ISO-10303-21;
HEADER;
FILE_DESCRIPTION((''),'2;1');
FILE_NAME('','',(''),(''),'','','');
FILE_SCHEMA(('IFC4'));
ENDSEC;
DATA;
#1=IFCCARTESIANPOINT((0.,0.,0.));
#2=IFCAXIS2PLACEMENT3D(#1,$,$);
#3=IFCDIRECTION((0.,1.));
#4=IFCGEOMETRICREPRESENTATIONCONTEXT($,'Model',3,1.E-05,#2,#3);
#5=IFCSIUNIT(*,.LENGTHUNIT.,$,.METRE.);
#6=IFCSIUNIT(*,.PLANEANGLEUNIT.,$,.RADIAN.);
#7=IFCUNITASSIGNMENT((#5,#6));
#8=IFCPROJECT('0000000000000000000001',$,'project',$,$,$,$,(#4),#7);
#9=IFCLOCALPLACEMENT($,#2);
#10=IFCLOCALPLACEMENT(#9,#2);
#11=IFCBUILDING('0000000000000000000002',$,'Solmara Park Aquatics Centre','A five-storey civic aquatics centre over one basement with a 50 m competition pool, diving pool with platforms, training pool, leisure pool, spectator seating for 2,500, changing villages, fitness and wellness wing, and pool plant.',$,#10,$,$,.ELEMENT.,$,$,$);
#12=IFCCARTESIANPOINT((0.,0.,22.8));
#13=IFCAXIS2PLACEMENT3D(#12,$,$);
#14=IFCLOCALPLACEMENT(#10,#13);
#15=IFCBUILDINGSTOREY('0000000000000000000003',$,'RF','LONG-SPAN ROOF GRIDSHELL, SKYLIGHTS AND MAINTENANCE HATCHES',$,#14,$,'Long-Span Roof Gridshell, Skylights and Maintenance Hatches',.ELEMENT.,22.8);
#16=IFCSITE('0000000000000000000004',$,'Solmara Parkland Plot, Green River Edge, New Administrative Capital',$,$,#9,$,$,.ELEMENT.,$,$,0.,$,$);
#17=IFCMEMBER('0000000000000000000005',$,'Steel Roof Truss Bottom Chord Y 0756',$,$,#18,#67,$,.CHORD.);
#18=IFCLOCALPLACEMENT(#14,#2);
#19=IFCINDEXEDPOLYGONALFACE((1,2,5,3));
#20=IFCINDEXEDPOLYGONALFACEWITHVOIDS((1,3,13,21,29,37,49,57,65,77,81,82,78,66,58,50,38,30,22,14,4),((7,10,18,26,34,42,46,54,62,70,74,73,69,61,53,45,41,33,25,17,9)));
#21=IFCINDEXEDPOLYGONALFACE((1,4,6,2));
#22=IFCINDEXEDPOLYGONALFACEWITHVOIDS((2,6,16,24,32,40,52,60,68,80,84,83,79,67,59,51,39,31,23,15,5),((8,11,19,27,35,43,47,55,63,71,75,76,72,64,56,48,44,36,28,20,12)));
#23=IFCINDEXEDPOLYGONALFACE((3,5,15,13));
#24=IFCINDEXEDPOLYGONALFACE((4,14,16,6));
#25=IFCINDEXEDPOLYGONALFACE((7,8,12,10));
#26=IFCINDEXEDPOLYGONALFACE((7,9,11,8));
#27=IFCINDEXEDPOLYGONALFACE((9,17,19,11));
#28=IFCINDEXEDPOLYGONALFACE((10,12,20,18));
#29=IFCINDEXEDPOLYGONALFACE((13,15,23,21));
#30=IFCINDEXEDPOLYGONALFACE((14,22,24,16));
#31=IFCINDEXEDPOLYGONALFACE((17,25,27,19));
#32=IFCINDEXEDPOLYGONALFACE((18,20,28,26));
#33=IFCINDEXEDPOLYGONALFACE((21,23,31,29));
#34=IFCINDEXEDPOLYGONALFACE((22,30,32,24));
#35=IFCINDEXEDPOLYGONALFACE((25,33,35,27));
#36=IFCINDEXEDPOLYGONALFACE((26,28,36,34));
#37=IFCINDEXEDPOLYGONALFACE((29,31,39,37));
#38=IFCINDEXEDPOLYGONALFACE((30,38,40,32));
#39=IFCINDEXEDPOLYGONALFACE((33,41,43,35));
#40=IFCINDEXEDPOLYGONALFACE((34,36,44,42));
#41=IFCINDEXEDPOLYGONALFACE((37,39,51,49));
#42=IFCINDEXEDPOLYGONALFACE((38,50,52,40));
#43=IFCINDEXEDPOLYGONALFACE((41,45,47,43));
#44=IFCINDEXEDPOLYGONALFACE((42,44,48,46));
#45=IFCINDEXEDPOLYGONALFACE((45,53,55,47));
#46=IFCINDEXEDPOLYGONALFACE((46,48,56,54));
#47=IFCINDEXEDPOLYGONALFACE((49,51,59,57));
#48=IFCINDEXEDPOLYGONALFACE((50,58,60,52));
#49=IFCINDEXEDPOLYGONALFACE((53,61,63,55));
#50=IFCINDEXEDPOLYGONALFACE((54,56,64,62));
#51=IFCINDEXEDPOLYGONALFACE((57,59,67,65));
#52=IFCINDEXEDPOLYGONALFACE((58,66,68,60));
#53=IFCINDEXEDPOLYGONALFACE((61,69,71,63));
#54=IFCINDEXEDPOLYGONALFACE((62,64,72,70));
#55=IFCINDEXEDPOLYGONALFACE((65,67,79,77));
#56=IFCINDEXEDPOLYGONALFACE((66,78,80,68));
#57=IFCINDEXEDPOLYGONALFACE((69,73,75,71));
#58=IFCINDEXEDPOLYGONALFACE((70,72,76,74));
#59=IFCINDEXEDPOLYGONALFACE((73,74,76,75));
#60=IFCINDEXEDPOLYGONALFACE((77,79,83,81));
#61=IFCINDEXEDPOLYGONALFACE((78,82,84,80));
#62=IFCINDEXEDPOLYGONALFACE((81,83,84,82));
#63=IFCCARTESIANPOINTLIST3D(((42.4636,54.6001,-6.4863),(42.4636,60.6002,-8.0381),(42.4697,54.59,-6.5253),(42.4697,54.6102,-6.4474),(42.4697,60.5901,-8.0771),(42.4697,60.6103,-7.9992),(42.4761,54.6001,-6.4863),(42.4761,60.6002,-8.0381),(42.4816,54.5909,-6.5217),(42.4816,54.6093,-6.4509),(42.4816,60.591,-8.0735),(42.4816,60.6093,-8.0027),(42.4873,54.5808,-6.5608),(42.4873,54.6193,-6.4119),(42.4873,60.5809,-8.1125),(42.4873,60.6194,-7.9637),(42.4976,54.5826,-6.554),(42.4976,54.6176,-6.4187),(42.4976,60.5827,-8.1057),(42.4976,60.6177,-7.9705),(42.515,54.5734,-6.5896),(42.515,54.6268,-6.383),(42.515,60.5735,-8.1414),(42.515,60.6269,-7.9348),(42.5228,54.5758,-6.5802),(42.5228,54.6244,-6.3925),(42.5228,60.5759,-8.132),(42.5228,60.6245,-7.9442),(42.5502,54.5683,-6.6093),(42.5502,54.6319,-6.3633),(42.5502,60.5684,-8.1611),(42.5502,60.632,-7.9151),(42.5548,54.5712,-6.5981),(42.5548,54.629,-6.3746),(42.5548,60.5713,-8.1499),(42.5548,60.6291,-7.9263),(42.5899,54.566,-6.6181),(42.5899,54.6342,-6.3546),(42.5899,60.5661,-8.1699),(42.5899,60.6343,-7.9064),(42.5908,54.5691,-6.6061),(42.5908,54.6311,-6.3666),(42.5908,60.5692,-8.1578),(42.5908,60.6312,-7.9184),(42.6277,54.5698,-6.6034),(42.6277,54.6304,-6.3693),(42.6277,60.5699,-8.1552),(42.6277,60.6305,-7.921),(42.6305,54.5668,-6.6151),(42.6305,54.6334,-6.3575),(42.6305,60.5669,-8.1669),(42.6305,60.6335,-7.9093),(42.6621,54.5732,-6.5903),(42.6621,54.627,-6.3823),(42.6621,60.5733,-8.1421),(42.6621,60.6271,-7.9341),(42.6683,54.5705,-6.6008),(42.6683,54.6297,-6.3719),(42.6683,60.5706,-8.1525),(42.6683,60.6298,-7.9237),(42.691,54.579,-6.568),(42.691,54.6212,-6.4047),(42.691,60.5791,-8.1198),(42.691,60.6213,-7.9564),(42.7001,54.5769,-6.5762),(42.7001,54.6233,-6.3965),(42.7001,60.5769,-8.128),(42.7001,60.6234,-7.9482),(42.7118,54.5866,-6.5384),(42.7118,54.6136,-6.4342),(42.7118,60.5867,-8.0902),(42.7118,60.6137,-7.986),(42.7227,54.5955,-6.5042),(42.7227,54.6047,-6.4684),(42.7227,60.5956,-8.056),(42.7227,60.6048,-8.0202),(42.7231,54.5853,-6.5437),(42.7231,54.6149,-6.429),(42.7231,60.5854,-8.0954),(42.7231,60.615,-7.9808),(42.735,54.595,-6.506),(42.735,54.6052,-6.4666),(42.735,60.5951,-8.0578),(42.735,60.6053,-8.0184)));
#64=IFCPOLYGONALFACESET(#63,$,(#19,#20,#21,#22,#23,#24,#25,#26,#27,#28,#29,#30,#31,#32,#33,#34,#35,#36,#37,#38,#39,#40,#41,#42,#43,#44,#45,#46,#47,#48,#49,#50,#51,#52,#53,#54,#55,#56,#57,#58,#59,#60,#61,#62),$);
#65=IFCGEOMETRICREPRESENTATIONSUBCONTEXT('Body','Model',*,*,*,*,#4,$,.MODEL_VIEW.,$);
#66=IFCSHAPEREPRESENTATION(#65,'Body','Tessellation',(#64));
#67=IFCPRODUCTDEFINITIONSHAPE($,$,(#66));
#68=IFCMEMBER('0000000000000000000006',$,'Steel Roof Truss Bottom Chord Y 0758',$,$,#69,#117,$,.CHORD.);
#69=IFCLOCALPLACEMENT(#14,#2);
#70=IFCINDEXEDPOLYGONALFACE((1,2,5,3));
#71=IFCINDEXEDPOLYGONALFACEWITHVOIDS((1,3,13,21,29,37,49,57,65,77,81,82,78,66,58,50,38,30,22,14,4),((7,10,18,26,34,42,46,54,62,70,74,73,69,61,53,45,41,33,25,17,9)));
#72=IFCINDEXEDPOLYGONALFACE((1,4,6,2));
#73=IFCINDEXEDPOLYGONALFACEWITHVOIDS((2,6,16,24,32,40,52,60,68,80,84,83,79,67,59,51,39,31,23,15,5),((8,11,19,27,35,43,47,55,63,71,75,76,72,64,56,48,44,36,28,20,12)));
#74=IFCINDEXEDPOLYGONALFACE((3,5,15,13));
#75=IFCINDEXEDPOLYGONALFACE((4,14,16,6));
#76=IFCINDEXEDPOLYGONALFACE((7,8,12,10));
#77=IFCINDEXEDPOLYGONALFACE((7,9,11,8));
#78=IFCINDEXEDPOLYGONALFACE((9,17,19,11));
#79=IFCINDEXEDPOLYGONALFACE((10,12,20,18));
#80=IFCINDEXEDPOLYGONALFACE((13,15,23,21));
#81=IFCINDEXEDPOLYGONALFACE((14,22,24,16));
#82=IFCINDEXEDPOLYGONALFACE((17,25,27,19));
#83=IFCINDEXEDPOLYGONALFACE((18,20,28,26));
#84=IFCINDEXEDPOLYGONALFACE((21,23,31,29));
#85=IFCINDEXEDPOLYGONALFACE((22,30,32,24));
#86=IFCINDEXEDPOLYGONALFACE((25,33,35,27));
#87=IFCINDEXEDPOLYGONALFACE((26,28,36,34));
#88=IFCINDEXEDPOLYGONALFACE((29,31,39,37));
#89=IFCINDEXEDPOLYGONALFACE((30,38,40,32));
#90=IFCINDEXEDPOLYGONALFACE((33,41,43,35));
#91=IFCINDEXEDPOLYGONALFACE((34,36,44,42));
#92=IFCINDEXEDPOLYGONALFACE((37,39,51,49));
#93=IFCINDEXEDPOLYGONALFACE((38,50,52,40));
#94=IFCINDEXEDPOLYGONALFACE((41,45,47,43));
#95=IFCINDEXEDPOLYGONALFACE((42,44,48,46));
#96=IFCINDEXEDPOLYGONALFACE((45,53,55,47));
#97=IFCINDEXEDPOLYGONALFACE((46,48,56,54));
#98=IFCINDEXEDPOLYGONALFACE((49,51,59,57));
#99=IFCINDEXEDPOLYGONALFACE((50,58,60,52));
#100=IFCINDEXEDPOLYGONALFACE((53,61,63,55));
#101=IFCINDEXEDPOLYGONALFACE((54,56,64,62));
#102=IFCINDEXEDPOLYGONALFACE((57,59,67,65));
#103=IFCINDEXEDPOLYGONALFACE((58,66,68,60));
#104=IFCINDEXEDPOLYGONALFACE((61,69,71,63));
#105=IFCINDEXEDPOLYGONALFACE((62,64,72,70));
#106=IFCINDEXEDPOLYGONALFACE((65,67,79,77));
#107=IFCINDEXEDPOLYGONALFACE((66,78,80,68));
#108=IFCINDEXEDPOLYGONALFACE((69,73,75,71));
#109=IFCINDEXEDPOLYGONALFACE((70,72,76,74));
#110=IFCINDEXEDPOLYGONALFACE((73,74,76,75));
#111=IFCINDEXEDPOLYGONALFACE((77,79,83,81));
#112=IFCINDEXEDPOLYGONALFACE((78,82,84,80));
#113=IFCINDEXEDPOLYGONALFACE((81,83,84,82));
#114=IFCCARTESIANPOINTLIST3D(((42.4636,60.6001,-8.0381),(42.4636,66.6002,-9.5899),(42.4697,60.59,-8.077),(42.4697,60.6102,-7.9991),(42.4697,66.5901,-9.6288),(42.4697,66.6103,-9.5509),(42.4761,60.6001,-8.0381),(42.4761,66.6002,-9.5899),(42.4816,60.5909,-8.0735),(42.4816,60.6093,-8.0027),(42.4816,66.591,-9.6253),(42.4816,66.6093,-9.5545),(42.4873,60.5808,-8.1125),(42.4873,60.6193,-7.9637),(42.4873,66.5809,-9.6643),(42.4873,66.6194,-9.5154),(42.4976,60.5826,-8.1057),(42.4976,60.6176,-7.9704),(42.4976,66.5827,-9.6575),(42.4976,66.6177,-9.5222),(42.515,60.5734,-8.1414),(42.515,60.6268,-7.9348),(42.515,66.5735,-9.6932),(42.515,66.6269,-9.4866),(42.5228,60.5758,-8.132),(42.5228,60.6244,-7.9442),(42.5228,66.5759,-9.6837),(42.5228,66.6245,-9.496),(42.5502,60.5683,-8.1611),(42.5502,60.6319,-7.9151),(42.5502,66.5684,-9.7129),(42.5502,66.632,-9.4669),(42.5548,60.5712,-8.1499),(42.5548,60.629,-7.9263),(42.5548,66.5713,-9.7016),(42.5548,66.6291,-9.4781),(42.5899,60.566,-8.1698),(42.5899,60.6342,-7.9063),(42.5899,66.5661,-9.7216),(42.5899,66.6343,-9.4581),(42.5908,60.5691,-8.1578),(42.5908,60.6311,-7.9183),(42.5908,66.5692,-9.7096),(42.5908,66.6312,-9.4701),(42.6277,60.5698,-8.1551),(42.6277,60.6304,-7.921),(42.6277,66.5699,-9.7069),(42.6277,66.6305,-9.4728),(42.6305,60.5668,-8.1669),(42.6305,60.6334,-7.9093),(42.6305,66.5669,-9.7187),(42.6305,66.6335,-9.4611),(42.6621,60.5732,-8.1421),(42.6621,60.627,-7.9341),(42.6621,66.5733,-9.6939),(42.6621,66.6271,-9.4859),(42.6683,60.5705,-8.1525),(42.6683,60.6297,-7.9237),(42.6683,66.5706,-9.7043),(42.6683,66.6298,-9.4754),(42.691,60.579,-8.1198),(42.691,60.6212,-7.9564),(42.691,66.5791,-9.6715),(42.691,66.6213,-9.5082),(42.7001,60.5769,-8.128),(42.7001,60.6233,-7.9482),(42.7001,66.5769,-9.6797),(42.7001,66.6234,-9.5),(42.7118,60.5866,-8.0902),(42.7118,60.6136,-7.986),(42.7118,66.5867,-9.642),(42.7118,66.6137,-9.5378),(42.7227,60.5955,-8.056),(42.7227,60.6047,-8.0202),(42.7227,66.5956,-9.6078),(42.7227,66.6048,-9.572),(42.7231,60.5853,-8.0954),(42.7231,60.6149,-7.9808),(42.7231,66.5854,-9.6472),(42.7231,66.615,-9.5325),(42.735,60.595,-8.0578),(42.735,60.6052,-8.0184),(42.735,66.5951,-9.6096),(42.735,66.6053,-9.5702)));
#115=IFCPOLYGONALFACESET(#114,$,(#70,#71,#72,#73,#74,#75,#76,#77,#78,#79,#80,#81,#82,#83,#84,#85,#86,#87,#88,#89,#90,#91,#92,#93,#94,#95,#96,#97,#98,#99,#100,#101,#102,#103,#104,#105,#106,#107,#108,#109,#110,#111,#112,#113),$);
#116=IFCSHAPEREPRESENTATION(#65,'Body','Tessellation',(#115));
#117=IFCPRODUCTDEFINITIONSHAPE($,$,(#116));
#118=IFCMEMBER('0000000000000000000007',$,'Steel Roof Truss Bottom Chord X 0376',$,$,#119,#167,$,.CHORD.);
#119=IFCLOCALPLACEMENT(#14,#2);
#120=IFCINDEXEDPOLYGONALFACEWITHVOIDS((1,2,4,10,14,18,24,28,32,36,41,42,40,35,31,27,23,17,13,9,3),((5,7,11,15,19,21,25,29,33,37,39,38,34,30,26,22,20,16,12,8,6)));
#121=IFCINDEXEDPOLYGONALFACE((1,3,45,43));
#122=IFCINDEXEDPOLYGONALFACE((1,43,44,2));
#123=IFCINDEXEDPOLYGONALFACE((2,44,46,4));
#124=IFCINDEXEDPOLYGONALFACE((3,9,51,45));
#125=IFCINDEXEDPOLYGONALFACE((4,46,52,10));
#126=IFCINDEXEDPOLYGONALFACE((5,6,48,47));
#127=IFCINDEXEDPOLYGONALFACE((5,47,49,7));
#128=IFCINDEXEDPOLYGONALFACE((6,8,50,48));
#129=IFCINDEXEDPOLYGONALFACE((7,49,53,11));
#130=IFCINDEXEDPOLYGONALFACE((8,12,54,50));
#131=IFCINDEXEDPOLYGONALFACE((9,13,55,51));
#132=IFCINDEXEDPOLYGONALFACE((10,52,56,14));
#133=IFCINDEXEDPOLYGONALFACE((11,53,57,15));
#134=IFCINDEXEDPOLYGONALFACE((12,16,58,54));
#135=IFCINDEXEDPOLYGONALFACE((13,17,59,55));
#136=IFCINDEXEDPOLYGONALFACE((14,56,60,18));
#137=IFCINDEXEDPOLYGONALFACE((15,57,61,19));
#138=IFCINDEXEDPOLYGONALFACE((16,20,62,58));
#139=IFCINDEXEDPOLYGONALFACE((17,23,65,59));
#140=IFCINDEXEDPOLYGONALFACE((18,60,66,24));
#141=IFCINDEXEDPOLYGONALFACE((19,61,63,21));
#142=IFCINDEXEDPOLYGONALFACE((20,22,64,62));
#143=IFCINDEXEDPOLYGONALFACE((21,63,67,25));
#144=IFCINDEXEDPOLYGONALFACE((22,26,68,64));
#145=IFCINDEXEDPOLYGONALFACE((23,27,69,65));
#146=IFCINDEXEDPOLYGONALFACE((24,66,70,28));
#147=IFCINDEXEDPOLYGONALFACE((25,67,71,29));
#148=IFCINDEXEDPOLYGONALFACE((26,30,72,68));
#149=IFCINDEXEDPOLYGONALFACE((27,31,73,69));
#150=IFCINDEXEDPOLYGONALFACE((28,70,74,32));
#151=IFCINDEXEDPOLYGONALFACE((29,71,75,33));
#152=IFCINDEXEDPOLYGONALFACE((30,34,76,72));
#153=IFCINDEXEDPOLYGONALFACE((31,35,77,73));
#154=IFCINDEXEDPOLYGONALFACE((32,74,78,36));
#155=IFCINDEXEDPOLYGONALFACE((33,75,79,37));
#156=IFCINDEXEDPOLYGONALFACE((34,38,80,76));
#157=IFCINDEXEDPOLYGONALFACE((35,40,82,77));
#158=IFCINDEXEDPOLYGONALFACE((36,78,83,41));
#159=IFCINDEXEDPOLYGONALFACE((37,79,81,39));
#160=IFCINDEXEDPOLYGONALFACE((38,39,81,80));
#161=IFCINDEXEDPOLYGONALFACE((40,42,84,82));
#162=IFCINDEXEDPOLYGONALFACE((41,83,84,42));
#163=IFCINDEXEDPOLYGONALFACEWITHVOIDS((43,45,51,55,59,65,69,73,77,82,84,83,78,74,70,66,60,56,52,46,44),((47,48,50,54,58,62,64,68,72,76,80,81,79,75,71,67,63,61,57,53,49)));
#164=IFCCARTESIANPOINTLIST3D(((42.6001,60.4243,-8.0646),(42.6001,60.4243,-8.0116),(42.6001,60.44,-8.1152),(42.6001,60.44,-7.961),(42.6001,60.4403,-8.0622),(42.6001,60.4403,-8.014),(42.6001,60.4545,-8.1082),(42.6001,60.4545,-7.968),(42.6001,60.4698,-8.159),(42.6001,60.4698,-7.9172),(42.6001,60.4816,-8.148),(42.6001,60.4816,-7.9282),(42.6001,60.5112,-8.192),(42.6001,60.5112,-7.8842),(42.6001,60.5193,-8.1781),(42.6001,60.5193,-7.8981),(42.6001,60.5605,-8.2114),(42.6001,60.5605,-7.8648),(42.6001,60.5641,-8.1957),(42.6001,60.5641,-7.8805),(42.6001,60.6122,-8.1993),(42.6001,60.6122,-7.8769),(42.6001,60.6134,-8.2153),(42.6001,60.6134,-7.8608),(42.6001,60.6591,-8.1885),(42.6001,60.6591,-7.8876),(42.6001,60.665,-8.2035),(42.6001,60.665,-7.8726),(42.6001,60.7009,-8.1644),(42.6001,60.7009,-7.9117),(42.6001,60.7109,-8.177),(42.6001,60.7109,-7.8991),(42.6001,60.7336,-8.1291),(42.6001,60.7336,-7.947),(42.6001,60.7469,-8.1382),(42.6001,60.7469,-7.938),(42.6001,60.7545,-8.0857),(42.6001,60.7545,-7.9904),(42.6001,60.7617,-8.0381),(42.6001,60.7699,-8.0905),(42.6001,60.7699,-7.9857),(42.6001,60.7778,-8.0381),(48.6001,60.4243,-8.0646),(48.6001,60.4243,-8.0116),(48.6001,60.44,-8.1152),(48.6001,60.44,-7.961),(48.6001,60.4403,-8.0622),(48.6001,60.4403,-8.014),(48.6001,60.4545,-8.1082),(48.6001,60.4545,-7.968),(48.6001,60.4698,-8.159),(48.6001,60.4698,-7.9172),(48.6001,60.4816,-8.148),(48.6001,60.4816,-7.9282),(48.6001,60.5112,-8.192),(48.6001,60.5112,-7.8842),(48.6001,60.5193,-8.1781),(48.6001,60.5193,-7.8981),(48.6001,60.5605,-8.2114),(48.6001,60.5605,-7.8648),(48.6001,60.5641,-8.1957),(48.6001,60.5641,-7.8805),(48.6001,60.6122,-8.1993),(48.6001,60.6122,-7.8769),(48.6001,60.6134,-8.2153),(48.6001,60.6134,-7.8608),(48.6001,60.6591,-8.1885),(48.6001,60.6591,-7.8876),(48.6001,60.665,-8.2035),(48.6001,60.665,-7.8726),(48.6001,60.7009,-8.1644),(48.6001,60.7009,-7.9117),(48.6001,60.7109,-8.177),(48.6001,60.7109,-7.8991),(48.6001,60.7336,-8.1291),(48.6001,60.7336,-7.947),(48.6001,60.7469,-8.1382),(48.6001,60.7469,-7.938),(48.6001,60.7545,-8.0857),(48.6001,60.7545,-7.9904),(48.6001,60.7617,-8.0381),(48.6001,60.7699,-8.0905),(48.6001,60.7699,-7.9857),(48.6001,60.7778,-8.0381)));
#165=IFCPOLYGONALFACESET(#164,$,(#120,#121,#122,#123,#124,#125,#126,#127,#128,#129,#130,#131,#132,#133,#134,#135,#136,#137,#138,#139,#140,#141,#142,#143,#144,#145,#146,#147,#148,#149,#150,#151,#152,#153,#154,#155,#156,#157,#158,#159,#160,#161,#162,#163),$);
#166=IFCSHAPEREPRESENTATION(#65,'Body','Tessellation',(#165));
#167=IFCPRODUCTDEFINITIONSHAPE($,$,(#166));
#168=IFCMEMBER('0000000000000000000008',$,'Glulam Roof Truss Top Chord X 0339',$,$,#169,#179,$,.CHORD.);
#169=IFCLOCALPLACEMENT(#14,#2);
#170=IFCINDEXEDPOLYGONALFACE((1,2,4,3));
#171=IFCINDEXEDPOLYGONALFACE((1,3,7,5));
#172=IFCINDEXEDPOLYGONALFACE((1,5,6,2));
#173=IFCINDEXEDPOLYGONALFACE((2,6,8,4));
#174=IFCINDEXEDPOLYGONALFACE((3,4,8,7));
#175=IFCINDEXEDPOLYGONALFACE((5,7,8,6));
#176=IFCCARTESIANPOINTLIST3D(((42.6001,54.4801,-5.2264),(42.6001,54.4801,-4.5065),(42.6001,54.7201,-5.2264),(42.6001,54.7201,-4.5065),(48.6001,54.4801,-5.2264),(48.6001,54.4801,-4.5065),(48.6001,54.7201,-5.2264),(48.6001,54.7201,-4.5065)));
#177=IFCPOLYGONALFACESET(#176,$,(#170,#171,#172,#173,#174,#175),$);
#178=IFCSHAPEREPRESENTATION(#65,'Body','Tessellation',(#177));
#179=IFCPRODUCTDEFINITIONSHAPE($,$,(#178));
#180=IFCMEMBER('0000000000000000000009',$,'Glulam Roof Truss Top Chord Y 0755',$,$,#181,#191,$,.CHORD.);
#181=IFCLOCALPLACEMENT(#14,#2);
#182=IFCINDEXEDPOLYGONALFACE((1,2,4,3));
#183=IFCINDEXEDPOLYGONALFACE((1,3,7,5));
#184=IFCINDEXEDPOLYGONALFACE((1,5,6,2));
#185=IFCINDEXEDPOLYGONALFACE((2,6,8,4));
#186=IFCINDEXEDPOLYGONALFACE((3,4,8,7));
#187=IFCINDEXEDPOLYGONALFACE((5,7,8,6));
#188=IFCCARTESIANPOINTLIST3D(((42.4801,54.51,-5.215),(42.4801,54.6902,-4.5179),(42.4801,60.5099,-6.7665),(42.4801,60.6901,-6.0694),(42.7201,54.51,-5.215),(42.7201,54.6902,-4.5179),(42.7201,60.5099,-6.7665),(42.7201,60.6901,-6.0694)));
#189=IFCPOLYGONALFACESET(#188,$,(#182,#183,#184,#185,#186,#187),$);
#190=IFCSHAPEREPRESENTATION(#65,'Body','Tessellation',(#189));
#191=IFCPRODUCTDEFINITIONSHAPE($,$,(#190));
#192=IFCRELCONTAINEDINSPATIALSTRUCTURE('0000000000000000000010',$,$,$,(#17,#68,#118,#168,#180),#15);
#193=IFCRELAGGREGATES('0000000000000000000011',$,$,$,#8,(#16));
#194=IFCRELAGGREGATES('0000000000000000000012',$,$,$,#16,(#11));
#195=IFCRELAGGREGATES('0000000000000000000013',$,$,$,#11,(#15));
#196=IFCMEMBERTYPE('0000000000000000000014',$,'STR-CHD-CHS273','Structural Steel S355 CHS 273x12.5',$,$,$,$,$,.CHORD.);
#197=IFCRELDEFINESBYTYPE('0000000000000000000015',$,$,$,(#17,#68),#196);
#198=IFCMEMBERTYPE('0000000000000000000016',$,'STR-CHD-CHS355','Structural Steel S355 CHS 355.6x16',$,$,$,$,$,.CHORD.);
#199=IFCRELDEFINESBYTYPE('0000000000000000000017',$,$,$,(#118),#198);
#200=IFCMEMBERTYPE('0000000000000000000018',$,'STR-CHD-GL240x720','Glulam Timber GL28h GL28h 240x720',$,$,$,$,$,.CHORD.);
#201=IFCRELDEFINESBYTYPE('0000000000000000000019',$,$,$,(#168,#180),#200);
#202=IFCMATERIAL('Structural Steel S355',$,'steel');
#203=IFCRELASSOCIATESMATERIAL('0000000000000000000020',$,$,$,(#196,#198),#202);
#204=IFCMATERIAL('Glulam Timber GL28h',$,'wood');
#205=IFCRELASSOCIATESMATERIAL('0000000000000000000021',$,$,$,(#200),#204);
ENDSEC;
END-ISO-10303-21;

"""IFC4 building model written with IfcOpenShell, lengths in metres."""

from ifc_helpers import new_model, si_unit, direction, frame, origin, origin_2d, place, context, subcontext, project, spatial, rectangle, hollow_circle, extrude, material, material_profile, profile_set, type_object, element, save


model = new_model("IFC4")

# Units and contexts
model_context = context("Model", 3, precision=1e-05, world=origin(), true_north=direction((0.0, 1.0)))
body_context = subcontext(model_context, "Body", "Model", "MODEL_VIEW")
ifc_project = project(units=[si_unit("LENGTHUNIT", "METRE"), si_unit("PLANEANGLEUNIT", "RADIAN")], contexts=[model_context])

# Site, building, storey
site_placement = place(None, origin())
site = spatial("IfcSite", under=ifc_project, at=site_placement, Name="Solmara Parkland Plot, Green River Edge, New Administrative Capital", CompositionType="ELEMENT", RefElevation=0.0)
building_placement = place(site_placement, origin())
building = spatial("IfcBuilding", under=site, at=building_placement, Name="Solmara Park Aquatics Centre", Description="A five-storey civic aquatics centre over one basement with a 50 m competition pool, diving pool with platforms, training pool, leisure pool, spectator seating for 2,500, changing villages, fitness and wellness wing, and pool plant.", CompositionType="ELEMENT")
storey_placement = place(building_placement, frame((0.0, 0.0, 22.8)))
storey = spatial("IfcBuildingStorey", under=building, at=storey_placement, Name="RF", Description="LONG-SPAN ROOF GRIDSHELL, SKYLIGHTS AND MAINTENANCE HATCHES", LongName="Long-Span Roof Gridshell, Skylights and Maintenance Hatches", CompositionType="ELEMENT", Elevation=22.8)

# Members
ifc_material_1 = material(Name="Structural Steel S355", Category="steel")
ifc_material_profile_1 = material_profile(ifc_material_1, hollow_circle(Radius=0.1365, WallThickness=0.0125, at=origin_2d()), Name="CHS 273x12.5")
ifc_profile_set_1 = profile_set([ifc_material_profile_1], Name="Structural Steel S355")
member_type_1 = type_object("IfcMemberType", Name="STR-CHD-CHS273", Description="Structural Steel S355 CHS 273x12.5", PredefinedType="CHORD", material=ifc_profile_set_1)
for number, where, z_axis, x_axis, name in (
    (1, (42.6001, 54.6001, -6.4863), (0.0, 0.968146, -0.250388), (-1.0, 0.0, 0.0), "Steel Roof Truss Bottom Chord Y 0756"),
    (2, (42.6001, 60.6001, -8.0381), (0.0, 0.968146, -0.250388), (-1.0, 0.0, 0.0), "Steel Roof Truss Bottom Chord Y 0758"),
):
    element("IfcMember", number, at=place(storey_placement, frame(where, z_axis=z_axis, x_axis=x_axis)), inside=storey, type_object=member_type_1, Name=name, PredefinedType="CHORD", context=body_context, shape_type="SweptSolid", body=[
        extrude(hollow_circle(Radius=0.1365, WallThickness=0.0125, at=origin_2d()), origin(), (0.0, 0.0, 1.0), 6.1975),
    ])
ifc_material_profile_2 = material_profile(ifc_material_1, hollow_circle(Radius=0.1777, WallThickness=0.0161, at=origin_2d()), Name="CHS 355.6x16")
ifc_profile_set_2 = profile_set([ifc_material_profile_2], Name="Structural Steel S355")
member_type_2 = type_object("IfcMemberType", Name="STR-CHD-CHS355", Description="Structural Steel S355 CHS 355.6x16", PredefinedType="CHORD", material=ifc_profile_set_2)
member_1_placement = place(storey_placement, frame((42.6001, 60.6001, -8.0381), z_axis=(1.0, 0.0, 0.0), x_axis=(0.0, 1.0, 0.0)))
element("IfcMember", 3, at=member_1_placement, inside=storey, type_object=member_type_2, Name="Steel Roof Truss Bottom Chord X 0376", PredefinedType="CHORD", context=body_context, shape_type="SweptSolid", body=[
    extrude(hollow_circle(Radius=0.1777, WallThickness=0.0161, at=origin_2d()), origin(), (0.0, 0.0, 1.0), 6.0),
])
ifc_material_2 = material(Name="Glulam Timber GL28h", Category="wood")
ifc_material_profile_3 = material_profile(ifc_material_2, rectangle(XDim=0.24, YDim=0.72, at=origin_2d()), Name="GL28h 240x720")
ifc_profile_set_3 = profile_set([ifc_material_profile_3], Name="Glulam Timber GL28h")
member_type_3 = type_object("IfcMemberType", Name="STR-CHD-GL240x720", Description="Glulam Timber GL28h GL28h 240x720", PredefinedType="CHORD", material=ifc_profile_set_3)
member_2_placement = place(storey_placement, frame((42.6001, 54.6001, -4.8665), z_axis=(1.0, 0.0, 0.0), x_axis=(0.0, 1.0, 0.0)))
element("IfcMember", 4, at=member_2_placement, inside=storey, type_object=member_type_3, Name="Glulam Roof Truss Top Chord X 0339", PredefinedType="CHORD", context=body_context, shape_type="SweptSolid", body=[
    extrude(rectangle(XDim=0.24, YDim=0.72, at=origin_2d()), origin(), (0.0, 0.0, 1.0), 6.0),
])
member_3_placement = place(storey_placement, frame((42.6001, 54.6001, -4.8665), z_axis=(0.0, 0.968155, -0.250351), x_axis=(-1.0, 0.0, 0.0)))
element("IfcMember", 5, at=member_3_placement, inside=storey, type_object=member_type_3, Name="Glulam Roof Truss Top Chord Y 0755", PredefinedType="CHORD", context=body_context, shape_type="SweptSolid", body=[
    extrude(rectangle(XDim=0.24, YDim=0.72, at=origin_2d()), origin(), (0.0, 0.0, 1.0), 6.1973),
])

save(model, "model.ifc")
